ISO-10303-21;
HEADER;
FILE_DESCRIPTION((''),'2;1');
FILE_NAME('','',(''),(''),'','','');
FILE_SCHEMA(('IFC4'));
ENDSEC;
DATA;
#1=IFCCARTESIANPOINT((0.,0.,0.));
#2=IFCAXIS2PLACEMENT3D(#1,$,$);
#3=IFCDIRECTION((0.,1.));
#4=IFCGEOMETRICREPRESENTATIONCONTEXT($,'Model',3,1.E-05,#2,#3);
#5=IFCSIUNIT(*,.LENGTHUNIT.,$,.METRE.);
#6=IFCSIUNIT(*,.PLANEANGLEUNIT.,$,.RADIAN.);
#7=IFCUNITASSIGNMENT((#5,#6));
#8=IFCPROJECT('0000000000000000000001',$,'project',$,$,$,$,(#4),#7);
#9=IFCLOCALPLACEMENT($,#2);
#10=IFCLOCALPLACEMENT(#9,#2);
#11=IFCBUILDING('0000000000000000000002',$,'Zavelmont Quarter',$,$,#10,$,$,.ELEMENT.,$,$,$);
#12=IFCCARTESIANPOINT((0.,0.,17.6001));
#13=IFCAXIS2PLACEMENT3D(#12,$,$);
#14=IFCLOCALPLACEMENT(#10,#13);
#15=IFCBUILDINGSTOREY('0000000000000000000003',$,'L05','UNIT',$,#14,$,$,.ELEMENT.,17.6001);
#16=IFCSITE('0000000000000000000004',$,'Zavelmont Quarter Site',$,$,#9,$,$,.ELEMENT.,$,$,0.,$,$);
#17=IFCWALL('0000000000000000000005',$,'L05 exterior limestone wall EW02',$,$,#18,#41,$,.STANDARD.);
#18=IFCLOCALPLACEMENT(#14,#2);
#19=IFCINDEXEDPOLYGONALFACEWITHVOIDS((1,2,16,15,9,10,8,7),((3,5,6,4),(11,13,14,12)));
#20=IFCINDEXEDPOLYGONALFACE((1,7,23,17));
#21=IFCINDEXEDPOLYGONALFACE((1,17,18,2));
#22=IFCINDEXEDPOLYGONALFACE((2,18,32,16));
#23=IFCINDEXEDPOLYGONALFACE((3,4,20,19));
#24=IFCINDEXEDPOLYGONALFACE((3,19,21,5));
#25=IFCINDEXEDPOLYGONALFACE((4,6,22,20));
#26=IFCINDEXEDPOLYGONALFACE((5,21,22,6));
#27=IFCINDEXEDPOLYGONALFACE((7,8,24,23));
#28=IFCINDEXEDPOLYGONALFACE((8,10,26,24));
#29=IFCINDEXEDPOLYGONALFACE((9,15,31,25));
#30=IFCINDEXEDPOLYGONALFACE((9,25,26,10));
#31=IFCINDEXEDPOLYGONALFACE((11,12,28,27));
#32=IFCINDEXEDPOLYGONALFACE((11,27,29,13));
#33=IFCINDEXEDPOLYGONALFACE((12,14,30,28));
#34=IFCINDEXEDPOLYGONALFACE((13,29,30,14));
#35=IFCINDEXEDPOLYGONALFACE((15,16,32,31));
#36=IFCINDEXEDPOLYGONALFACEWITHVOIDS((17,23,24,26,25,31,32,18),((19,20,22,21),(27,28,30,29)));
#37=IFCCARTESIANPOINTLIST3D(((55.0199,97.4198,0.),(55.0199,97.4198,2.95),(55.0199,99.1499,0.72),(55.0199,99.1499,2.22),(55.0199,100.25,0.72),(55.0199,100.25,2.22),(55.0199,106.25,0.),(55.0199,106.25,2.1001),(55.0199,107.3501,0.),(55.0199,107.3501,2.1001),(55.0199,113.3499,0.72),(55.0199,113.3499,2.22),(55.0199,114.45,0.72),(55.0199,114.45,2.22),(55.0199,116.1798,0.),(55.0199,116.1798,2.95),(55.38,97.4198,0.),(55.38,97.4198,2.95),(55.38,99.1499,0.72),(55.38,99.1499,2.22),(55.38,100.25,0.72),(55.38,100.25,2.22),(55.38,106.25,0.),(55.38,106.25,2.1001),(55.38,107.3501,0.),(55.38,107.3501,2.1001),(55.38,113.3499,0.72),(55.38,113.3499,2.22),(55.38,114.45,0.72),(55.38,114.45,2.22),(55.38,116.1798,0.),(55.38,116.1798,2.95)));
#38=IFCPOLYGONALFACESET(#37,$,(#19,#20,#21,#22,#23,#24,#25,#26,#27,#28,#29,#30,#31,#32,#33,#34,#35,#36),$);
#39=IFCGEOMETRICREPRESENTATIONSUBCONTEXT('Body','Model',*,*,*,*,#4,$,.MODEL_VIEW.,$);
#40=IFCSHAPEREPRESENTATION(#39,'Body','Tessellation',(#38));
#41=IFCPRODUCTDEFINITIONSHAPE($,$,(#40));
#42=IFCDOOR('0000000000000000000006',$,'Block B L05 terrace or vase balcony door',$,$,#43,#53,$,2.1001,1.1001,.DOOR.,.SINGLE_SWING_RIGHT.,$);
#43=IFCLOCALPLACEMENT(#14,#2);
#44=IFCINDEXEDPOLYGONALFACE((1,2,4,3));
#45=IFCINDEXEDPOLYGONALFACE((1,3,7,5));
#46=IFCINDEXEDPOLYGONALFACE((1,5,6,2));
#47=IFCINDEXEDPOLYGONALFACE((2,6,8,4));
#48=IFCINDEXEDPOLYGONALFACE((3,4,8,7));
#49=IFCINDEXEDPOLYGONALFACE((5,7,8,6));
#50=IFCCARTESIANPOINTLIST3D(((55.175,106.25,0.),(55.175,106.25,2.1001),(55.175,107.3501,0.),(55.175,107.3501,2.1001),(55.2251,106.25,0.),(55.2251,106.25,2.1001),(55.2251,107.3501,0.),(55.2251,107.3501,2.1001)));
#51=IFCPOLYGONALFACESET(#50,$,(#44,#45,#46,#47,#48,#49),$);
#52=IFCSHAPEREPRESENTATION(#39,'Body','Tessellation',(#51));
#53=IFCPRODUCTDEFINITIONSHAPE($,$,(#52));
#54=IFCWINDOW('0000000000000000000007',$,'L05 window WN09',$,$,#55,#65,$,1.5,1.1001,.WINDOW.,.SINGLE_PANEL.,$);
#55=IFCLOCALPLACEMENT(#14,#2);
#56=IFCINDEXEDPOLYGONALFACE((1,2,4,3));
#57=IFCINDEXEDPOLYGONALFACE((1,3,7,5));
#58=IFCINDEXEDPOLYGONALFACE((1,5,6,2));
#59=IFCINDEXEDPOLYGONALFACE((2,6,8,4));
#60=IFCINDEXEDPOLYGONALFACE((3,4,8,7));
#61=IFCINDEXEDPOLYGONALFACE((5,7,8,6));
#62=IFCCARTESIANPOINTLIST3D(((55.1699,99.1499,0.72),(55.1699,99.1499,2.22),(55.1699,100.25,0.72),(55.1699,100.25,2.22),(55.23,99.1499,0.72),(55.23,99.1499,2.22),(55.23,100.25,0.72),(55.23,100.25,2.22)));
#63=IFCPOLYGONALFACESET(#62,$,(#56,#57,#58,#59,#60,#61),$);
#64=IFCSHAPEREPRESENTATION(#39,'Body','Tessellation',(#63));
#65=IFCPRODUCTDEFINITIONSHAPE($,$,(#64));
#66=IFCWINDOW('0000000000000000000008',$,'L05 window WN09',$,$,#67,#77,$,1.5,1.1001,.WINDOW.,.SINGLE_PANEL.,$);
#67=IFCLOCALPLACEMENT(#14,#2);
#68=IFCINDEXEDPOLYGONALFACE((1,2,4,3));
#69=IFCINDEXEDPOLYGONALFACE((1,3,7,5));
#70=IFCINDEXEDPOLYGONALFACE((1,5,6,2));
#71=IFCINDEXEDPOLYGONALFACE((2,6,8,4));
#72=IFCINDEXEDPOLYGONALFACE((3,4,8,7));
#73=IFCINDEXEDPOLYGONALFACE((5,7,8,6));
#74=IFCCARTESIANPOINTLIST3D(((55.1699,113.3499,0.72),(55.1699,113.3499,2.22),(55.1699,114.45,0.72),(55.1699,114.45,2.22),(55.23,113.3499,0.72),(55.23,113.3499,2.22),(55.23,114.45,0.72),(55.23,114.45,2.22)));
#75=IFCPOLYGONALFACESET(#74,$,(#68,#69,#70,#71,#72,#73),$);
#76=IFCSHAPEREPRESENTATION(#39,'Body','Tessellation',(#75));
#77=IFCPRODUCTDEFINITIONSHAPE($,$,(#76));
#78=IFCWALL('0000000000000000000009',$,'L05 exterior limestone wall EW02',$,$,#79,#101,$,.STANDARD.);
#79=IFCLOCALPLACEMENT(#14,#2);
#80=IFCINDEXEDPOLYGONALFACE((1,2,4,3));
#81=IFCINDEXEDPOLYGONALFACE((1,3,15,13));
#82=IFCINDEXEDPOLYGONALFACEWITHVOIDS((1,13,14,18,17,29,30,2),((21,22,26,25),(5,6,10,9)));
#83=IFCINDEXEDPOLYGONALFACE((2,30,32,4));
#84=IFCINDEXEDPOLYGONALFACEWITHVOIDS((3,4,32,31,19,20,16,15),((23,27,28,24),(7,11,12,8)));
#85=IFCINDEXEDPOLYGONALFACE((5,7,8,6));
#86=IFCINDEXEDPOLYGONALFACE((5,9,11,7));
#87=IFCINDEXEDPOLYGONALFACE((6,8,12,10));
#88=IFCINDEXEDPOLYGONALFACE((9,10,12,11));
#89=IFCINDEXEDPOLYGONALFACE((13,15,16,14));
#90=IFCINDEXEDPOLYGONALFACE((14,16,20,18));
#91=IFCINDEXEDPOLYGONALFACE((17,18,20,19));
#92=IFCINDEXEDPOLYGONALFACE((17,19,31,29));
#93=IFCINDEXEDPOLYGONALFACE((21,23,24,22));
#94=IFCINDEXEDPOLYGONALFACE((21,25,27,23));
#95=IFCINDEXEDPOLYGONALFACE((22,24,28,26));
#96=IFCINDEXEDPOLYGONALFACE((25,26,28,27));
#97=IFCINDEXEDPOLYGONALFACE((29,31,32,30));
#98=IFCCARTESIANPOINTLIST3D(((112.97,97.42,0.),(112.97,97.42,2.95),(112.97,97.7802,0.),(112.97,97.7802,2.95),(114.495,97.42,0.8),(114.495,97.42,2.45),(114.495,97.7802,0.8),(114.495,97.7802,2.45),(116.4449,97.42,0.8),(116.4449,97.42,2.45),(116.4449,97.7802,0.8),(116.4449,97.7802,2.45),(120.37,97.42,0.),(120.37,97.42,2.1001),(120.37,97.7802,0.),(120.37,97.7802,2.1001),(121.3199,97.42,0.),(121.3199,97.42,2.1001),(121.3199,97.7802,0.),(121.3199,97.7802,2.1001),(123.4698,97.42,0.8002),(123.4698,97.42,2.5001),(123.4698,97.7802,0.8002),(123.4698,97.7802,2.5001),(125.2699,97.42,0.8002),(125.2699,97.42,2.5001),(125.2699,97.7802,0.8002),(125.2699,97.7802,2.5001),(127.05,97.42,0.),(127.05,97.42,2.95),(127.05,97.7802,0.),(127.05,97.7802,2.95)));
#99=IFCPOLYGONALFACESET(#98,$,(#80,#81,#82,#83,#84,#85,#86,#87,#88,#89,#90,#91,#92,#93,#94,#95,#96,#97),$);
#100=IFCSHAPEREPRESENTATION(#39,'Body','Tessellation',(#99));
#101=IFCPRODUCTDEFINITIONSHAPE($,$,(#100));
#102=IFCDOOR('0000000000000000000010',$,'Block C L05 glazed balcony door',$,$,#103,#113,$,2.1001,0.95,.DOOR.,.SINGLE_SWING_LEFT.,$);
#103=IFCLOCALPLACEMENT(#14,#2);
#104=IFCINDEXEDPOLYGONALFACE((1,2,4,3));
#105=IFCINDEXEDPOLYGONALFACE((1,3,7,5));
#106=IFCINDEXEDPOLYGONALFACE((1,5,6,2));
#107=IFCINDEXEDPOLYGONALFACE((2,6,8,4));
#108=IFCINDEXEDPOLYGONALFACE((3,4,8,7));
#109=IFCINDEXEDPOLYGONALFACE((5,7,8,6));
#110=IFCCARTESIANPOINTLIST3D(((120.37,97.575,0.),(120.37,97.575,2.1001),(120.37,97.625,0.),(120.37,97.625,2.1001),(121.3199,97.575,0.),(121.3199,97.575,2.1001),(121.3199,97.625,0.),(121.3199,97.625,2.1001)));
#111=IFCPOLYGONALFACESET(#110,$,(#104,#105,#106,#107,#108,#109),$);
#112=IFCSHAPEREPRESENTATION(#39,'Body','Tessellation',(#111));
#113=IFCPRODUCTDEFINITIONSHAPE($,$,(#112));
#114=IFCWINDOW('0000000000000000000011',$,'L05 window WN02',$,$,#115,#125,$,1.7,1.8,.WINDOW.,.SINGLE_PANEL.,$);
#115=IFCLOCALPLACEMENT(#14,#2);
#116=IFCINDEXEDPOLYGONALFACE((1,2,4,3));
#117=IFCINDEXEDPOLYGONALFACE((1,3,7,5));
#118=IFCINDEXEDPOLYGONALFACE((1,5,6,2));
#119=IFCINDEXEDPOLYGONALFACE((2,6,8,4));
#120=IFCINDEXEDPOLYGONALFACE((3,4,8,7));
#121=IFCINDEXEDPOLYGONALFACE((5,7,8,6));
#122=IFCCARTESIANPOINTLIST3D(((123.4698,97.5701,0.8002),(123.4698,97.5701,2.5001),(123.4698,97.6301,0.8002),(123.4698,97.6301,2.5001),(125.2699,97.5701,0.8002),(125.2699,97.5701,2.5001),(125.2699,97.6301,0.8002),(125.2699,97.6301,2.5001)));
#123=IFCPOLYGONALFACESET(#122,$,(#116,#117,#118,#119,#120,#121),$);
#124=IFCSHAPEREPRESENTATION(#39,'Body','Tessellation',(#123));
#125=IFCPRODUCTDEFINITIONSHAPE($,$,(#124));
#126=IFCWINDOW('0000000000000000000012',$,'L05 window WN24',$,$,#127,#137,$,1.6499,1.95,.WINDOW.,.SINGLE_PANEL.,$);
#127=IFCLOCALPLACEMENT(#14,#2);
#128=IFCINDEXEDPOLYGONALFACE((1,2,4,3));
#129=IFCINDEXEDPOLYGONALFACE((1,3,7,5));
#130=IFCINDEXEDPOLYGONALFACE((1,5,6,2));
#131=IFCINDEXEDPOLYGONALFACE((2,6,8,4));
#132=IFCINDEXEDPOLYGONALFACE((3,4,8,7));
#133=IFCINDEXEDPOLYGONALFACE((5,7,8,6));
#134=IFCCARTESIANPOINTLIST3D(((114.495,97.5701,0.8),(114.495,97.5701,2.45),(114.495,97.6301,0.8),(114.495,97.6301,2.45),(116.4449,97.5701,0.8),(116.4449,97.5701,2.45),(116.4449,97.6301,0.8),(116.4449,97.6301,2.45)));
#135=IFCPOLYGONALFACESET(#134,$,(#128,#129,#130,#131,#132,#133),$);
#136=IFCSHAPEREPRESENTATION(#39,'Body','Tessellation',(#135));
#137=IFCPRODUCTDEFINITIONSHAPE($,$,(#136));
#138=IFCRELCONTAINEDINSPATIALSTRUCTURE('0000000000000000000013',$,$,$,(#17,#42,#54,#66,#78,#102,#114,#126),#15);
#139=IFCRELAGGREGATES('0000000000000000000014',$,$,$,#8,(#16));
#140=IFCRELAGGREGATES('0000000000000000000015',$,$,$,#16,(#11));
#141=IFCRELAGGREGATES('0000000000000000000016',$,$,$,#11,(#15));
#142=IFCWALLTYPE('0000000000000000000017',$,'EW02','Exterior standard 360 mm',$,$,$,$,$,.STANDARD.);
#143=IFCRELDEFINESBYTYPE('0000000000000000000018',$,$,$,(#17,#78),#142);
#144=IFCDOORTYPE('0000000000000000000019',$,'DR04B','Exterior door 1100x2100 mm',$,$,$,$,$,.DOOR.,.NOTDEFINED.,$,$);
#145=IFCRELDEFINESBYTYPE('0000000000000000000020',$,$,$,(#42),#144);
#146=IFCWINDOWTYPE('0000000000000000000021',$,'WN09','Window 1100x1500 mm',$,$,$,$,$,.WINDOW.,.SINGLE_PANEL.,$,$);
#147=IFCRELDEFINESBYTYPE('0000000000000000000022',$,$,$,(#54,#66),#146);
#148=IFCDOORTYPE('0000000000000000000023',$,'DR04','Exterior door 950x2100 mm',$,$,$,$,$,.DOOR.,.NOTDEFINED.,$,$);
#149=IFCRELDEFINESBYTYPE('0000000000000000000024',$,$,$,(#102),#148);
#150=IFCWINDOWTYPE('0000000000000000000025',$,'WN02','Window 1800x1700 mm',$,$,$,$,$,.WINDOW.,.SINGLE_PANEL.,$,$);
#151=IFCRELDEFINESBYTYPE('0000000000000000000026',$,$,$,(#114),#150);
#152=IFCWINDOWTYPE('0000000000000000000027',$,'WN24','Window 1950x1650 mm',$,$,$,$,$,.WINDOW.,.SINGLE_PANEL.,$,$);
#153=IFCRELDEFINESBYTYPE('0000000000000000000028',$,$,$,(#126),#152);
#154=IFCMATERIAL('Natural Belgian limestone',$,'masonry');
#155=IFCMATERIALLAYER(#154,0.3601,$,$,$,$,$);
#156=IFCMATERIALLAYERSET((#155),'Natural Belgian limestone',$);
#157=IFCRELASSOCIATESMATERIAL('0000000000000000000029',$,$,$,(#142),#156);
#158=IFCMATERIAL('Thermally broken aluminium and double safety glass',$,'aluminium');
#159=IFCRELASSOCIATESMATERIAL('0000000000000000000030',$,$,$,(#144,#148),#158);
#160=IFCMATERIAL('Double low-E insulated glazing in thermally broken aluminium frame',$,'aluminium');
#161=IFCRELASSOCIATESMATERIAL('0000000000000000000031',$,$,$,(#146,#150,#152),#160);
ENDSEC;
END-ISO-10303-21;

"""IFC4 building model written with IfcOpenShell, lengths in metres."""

from ifc_helpers import new_model, si_unit, direction, frame, frame_2d, origin, origin_with_axes, place, context, subcontext, project, spatial, rectangle, extrude, material, layer, layer_set, type_object, element, fill, save


model = new_model("IFC4")

# Units and contexts
model_context = context("Model", 3, precision=1e-05, world=origin(), true_north=direction((0.0, 1.0)))
body_context = subcontext(model_context, "Body", "Model", "MODEL_VIEW")
ifc_project = project(units=[si_unit("LENGTHUNIT", "METRE"), si_unit("PLANEANGLEUNIT", "RADIAN")], contexts=[model_context])

# Site, building, storey
site_placement = place(None, origin())
site = spatial("IfcSite", under=ifc_project, at=site_placement, Name="Zavelmont Quarter Site", CompositionType="ELEMENT", RefElevation=0.0)
building_placement = place(site_placement, origin())
building = spatial("IfcBuilding", under=site, at=building_placement, Name="Zavelmont Quarter", CompositionType="ELEMENT")
storey_placement = place(building_placement, frame((0.0, 0.0, 17.6001)))
storey = spatial("IfcBuildingStorey", under=building, at=storey_placement, Name="L05", Description="UNIT", CompositionType="ELEMENT", Elevation=17.6001)

# Walls, openings, doors, windows
ifc_material_1 = material(Name="Natural Belgian limestone", Category="masonry")
ifc_layer_1 = layer(ifc_material_1, 0.3601)
ifc_layer_set_1 = layer_set([ifc_layer_1], Name="Natural Belgian limestone")
wall_type = type_object("IfcWallType", Name="EW02", Description="Exterior standard 360 mm", PredefinedType="STANDARD", material=ifc_layer_set_1)
wall_1_placement = place(storey_placement, frame((55.2, 97.4199, 0.0), z_axis=(0.0, 0.0, 1.0), x_axis=(0.0, 1.0, 0.0)))
wall_1 = element("IfcWall", 1, at=wall_1_placement, inside=storey, type_object=wall_type, Name="L05 exterior limestone wall EW02", PredefinedType="STANDARD", context=body_context, shape_type="SweptSolid", body=[
    extrude(rectangle(XDim=18.76, YDim=0.3601, at=frame_2d((9.3799, 0.0))), origin(), (0.0, 0.0, 1.0), 2.95),
])
opening_1_placement = place(wall_1_placement, frame((8.8301, 0.0, 0.0)))
opening_1 = element("IfcOpeningElement", 2, at=opening_1_placement, cuts=wall_1, PredefinedType="OPENING", context=body_context, shape_type="SweptSolid", body=[
    extrude(rectangle(XDim=1.1001, YDim=2.1001, at=frame_2d((0.55, 1.05))), frame((0.0, 0.1919, 0.0), z_axis=(0.0, -1.0, 0.0), x_axis=(1.0, 0.0, 0.0)), (0.0, 0.0, 1.0), 0.384),
])
opening_2_placement = place(wall_1_placement, frame((1.73, 0.0, 0.72)))
opening_2 = element("IfcOpeningElement", 3, at=opening_2_placement, cuts=wall_1, PredefinedType="OPENING", context=body_context, shape_type="SweptSolid", body=[
    extrude(rectangle(XDim=1.1001, YDim=1.5, at=frame_2d((0.55, 0.75))), frame((0.0, 0.1919, 0.0), z_axis=(0.0, -1.0, 0.0), x_axis=(1.0, 0.0, 0.0)), (0.0, 0.0, 1.0), 0.384),
])
opening_3_placement = place(wall_1_placement, frame((15.9299, 0.0, 0.72)))
opening_3 = element("IfcOpeningElement", 4, at=opening_3_placement, cuts=wall_1, PredefinedType="OPENING", context=body_context, shape_type="SweptSolid", body=[
    extrude(rectangle(XDim=1.1001, YDim=1.5, at=frame_2d((0.55, 0.75))), frame((0.0, 0.1919, 0.0), z_axis=(0.0, -1.0, 0.0), x_axis=(1.0, 0.0, 0.0)), (0.0, 0.0, 1.0), 0.384),
])
ifc_material_2 = material(Name="Thermally broken aluminium and double safety glass", Category="aluminium")
door_type_1 = type_object("IfcDoorType", Name="DR04B", Description="Exterior door 1100x2100 mm", OperationType="NOTDEFINED", PredefinedType="DOOR", material=ifc_material_2)
door_1_placement = place(opening_1_placement, origin_with_axes())
door_1 = element("IfcDoor", 5, at=door_1_placement, inside=storey, type_object=door_type_1, Name="Block B L05 terrace or vase balcony door", OperationType="SINGLE_SWING_RIGHT", OverallHeight=2.1001, OverallWidth=1.1001, PredefinedType="DOOR", context=body_context, shape_type="SweptSolid", body=[
    extrude(rectangle(XDim=1.1001, YDim=2.1001, at=frame_2d((0.55, 1.05))), frame((0.0, 0.0249, 0.0), z_axis=(0.0, -1.0, 0.0), x_axis=(1.0, 0.0, 0.0)), (0.0, 0.0, 1.0), 0.05),
])
fill(opening_1, door_1)
ifc_material_3 = material(Name="Double low-E insulated glazing in thermally broken aluminium frame", Category="aluminium")
window_type_1 = type_object("IfcWindowType", Name="WN09", Description="Window 1100x1500 mm", PartitioningType="SINGLE_PANEL", PredefinedType="WINDOW", material=ifc_material_3)
window_1_placement = place(opening_2_placement, origin_with_axes())
window_1 = element("IfcWindow", 6, at=window_1_placement, inside=storey, type_object=window_type_1, Name="L05 window WN09", OverallHeight=1.5, OverallWidth=1.1001, PartitioningType="SINGLE_PANEL", PredefinedType="WINDOW", context=body_context, shape_type="SweptSolid", body=[
    extrude(rectangle(XDim=1.1001, YDim=1.5, at=frame_2d((0.55, 0.75))), frame((0.0, 0.03, 0.0), z_axis=(0.0, -1.0, 0.0), x_axis=(1.0, 0.0, 0.0)), (0.0, 0.0, 1.0), 0.0601),
])
fill(opening_2, window_1)
window_2_placement = place(opening_3_placement, origin_with_axes())
window_2 = element("IfcWindow", 7, at=window_2_placement, inside=storey, type_object=window_type_1, Name="L05 window WN09", OverallHeight=1.5, OverallWidth=1.1001, PartitioningType="SINGLE_PANEL", PredefinedType="WINDOW", context=body_context, shape_type="SweptSolid", body=[
    extrude(rectangle(XDim=1.1001, YDim=1.5, at=frame_2d((0.55, 0.75))), frame((0.0, 0.03, 0.0), z_axis=(0.0, -1.0, 0.0), x_axis=(1.0, 0.0, 0.0)), (0.0, 0.0, 1.0), 0.0601),
])
fill(opening_3, window_2)
wall_2_placement = place(storey_placement, frame((112.97, 97.6001, 0.0), z_axis=(0.0, 0.0, 1.0), x_axis=(1.0, 0.0, 0.0)))
wall_2 = element("IfcWall", 8, at=wall_2_placement, inside=storey, type_object=wall_type, Name="L05 exterior limestone wall EW02", PredefinedType="STANDARD", context=body_context, shape_type="SweptSolid", body=[
    extrude(rectangle(XDim=14.0801, YDim=0.3601, at=frame_2d((7.04, 0.0))), origin(), (0.0, 0.0, 1.0), 2.95),
])
opening_4_placement = place(wall_2_placement, frame((7.3999, 0.0, 0.0)))
opening_4 = element("IfcOpeningElement", 9, at=opening_4_placement, cuts=wall_2, PredefinedType="OPENING", context=body_context, shape_type="SweptSolid", body=[
    extrude(rectangle(XDim=0.95, YDim=2.1001, at=frame_2d((0.4751, 1.05))), frame((0.0, 0.1919, 0.0), z_axis=(0.0, -1.0, 0.0), x_axis=(1.0, 0.0, 0.0)), (0.0, 0.0, 1.0), 0.384),
])
opening_5_placement = place(wall_2_placement, frame((1.5249, 0.0, 0.8)))
opening_5 = element("IfcOpeningElement", 10, at=opening_5_placement, cuts=wall_2, PredefinedType="OPENING", context=body_context, shape_type="SweptSolid", body=[
    extrude(rectangle(XDim=1.95, YDim=1.6499, at=frame_2d((0.9751, 0.825))), frame((0.0, 0.1919, 0.0), z_axis=(0.0, -1.0, 0.0), x_axis=(1.0, 0.0, 0.0)), (0.0, 0.0, 1.0), 0.384),
])
opening_6_placement = place(wall_2_placement, frame((10.5, 0.0, 0.8)))
opening_6 = element("IfcOpeningElement", 11, at=opening_6_placement, cuts=wall_2, PredefinedType="OPENING", context=body_context, shape_type="SweptSolid", body=[
    extrude(rectangle(XDim=1.8, YDim=1.7, at=frame_2d((0.8999, 0.8501))), frame((0.0, 0.1919, 0.0), z_axis=(0.0, -1.0, 0.0), x_axis=(1.0, 0.0, 0.0)), (0.0, 0.0, 1.0), 0.384),
])
door_type_2 = type_object("IfcDoorType", Name="DR04", Description="Exterior door 950x2100 mm", OperationType="NOTDEFINED", PredefinedType="DOOR", material=ifc_material_2)
door_2_placement = place(opening_4_placement, origin_with_axes())
door_2 = element("IfcDoor", 12, at=door_2_placement, inside=storey, type_object=door_type_2, Name="Block C L05 glazed balcony door", OperationType="SINGLE_SWING_LEFT", OverallHeight=2.1001, OverallWidth=0.95, PredefinedType="DOOR", context=body_context, shape_type="SweptSolid", body=[
    extrude(rectangle(XDim=0.95, YDim=2.1001, at=frame_2d((0.4751, 1.05))), frame((0.0, 0.0249, 0.0), z_axis=(0.0, -1.0, 0.0), x_axis=(1.0, 0.0, 0.0)), (0.0, 0.0, 1.0), 0.05),
])
fill(opening_4, door_2)
window_type_2 = type_object("IfcWindowType", Name="WN02", Description="Window 1800x1700 mm", PartitioningType="SINGLE_PANEL", PredefinedType="WINDOW", material=ifc_material_3)
window_3_placement = place(opening_6_placement, origin_with_axes())
window_3 = element("IfcWindow", 13, at=window_3_placement, inside=storey, type_object=window_type_2, Name="L05 window WN02", OverallHeight=1.7, OverallWidth=1.8, PartitioningType="SINGLE_PANEL", PredefinedType="WINDOW", context=body_context, shape_type="SweptSolid", body=[
    extrude(rectangle(XDim=1.8, YDim=1.7, at=frame_2d((0.8999, 0.8501))), frame((0.0, 0.03, 0.0), z_axis=(0.0, -1.0, 0.0), x_axis=(1.0, 0.0, 0.0)), (0.0, 0.0, 1.0), 0.0601),
])
fill(opening_6, window_3)
window_type_3 = type_object("IfcWindowType", Name="WN24", Description="Window 1950x1650 mm", PartitioningType="SINGLE_PANEL", PredefinedType="WINDOW", material=ifc_material_3)
window_4_placement = place(opening_5_placement, origin_with_axes())
window_4 = element("IfcWindow", 14, at=window_4_placement, inside=storey, type_object=window_type_3, Name="L05 window WN24", OverallHeight=1.6499, OverallWidth=1.95, PartitioningType="SINGLE_PANEL", PredefinedType="WINDOW", context=body_context, shape_type="SweptSolid", body=[
    extrude(rectangle(XDim=1.95, YDim=1.6499, at=frame_2d((0.9751, 0.825))), frame((0.0, 0.03, 0.0), z_axis=(0.0, -1.0, 0.0), x_axis=(1.0, 0.0, 0.0)), (0.0, 0.0, 1.0), 0.0601),
])
fill(opening_5, window_4)

save(model, "model.ifc")
